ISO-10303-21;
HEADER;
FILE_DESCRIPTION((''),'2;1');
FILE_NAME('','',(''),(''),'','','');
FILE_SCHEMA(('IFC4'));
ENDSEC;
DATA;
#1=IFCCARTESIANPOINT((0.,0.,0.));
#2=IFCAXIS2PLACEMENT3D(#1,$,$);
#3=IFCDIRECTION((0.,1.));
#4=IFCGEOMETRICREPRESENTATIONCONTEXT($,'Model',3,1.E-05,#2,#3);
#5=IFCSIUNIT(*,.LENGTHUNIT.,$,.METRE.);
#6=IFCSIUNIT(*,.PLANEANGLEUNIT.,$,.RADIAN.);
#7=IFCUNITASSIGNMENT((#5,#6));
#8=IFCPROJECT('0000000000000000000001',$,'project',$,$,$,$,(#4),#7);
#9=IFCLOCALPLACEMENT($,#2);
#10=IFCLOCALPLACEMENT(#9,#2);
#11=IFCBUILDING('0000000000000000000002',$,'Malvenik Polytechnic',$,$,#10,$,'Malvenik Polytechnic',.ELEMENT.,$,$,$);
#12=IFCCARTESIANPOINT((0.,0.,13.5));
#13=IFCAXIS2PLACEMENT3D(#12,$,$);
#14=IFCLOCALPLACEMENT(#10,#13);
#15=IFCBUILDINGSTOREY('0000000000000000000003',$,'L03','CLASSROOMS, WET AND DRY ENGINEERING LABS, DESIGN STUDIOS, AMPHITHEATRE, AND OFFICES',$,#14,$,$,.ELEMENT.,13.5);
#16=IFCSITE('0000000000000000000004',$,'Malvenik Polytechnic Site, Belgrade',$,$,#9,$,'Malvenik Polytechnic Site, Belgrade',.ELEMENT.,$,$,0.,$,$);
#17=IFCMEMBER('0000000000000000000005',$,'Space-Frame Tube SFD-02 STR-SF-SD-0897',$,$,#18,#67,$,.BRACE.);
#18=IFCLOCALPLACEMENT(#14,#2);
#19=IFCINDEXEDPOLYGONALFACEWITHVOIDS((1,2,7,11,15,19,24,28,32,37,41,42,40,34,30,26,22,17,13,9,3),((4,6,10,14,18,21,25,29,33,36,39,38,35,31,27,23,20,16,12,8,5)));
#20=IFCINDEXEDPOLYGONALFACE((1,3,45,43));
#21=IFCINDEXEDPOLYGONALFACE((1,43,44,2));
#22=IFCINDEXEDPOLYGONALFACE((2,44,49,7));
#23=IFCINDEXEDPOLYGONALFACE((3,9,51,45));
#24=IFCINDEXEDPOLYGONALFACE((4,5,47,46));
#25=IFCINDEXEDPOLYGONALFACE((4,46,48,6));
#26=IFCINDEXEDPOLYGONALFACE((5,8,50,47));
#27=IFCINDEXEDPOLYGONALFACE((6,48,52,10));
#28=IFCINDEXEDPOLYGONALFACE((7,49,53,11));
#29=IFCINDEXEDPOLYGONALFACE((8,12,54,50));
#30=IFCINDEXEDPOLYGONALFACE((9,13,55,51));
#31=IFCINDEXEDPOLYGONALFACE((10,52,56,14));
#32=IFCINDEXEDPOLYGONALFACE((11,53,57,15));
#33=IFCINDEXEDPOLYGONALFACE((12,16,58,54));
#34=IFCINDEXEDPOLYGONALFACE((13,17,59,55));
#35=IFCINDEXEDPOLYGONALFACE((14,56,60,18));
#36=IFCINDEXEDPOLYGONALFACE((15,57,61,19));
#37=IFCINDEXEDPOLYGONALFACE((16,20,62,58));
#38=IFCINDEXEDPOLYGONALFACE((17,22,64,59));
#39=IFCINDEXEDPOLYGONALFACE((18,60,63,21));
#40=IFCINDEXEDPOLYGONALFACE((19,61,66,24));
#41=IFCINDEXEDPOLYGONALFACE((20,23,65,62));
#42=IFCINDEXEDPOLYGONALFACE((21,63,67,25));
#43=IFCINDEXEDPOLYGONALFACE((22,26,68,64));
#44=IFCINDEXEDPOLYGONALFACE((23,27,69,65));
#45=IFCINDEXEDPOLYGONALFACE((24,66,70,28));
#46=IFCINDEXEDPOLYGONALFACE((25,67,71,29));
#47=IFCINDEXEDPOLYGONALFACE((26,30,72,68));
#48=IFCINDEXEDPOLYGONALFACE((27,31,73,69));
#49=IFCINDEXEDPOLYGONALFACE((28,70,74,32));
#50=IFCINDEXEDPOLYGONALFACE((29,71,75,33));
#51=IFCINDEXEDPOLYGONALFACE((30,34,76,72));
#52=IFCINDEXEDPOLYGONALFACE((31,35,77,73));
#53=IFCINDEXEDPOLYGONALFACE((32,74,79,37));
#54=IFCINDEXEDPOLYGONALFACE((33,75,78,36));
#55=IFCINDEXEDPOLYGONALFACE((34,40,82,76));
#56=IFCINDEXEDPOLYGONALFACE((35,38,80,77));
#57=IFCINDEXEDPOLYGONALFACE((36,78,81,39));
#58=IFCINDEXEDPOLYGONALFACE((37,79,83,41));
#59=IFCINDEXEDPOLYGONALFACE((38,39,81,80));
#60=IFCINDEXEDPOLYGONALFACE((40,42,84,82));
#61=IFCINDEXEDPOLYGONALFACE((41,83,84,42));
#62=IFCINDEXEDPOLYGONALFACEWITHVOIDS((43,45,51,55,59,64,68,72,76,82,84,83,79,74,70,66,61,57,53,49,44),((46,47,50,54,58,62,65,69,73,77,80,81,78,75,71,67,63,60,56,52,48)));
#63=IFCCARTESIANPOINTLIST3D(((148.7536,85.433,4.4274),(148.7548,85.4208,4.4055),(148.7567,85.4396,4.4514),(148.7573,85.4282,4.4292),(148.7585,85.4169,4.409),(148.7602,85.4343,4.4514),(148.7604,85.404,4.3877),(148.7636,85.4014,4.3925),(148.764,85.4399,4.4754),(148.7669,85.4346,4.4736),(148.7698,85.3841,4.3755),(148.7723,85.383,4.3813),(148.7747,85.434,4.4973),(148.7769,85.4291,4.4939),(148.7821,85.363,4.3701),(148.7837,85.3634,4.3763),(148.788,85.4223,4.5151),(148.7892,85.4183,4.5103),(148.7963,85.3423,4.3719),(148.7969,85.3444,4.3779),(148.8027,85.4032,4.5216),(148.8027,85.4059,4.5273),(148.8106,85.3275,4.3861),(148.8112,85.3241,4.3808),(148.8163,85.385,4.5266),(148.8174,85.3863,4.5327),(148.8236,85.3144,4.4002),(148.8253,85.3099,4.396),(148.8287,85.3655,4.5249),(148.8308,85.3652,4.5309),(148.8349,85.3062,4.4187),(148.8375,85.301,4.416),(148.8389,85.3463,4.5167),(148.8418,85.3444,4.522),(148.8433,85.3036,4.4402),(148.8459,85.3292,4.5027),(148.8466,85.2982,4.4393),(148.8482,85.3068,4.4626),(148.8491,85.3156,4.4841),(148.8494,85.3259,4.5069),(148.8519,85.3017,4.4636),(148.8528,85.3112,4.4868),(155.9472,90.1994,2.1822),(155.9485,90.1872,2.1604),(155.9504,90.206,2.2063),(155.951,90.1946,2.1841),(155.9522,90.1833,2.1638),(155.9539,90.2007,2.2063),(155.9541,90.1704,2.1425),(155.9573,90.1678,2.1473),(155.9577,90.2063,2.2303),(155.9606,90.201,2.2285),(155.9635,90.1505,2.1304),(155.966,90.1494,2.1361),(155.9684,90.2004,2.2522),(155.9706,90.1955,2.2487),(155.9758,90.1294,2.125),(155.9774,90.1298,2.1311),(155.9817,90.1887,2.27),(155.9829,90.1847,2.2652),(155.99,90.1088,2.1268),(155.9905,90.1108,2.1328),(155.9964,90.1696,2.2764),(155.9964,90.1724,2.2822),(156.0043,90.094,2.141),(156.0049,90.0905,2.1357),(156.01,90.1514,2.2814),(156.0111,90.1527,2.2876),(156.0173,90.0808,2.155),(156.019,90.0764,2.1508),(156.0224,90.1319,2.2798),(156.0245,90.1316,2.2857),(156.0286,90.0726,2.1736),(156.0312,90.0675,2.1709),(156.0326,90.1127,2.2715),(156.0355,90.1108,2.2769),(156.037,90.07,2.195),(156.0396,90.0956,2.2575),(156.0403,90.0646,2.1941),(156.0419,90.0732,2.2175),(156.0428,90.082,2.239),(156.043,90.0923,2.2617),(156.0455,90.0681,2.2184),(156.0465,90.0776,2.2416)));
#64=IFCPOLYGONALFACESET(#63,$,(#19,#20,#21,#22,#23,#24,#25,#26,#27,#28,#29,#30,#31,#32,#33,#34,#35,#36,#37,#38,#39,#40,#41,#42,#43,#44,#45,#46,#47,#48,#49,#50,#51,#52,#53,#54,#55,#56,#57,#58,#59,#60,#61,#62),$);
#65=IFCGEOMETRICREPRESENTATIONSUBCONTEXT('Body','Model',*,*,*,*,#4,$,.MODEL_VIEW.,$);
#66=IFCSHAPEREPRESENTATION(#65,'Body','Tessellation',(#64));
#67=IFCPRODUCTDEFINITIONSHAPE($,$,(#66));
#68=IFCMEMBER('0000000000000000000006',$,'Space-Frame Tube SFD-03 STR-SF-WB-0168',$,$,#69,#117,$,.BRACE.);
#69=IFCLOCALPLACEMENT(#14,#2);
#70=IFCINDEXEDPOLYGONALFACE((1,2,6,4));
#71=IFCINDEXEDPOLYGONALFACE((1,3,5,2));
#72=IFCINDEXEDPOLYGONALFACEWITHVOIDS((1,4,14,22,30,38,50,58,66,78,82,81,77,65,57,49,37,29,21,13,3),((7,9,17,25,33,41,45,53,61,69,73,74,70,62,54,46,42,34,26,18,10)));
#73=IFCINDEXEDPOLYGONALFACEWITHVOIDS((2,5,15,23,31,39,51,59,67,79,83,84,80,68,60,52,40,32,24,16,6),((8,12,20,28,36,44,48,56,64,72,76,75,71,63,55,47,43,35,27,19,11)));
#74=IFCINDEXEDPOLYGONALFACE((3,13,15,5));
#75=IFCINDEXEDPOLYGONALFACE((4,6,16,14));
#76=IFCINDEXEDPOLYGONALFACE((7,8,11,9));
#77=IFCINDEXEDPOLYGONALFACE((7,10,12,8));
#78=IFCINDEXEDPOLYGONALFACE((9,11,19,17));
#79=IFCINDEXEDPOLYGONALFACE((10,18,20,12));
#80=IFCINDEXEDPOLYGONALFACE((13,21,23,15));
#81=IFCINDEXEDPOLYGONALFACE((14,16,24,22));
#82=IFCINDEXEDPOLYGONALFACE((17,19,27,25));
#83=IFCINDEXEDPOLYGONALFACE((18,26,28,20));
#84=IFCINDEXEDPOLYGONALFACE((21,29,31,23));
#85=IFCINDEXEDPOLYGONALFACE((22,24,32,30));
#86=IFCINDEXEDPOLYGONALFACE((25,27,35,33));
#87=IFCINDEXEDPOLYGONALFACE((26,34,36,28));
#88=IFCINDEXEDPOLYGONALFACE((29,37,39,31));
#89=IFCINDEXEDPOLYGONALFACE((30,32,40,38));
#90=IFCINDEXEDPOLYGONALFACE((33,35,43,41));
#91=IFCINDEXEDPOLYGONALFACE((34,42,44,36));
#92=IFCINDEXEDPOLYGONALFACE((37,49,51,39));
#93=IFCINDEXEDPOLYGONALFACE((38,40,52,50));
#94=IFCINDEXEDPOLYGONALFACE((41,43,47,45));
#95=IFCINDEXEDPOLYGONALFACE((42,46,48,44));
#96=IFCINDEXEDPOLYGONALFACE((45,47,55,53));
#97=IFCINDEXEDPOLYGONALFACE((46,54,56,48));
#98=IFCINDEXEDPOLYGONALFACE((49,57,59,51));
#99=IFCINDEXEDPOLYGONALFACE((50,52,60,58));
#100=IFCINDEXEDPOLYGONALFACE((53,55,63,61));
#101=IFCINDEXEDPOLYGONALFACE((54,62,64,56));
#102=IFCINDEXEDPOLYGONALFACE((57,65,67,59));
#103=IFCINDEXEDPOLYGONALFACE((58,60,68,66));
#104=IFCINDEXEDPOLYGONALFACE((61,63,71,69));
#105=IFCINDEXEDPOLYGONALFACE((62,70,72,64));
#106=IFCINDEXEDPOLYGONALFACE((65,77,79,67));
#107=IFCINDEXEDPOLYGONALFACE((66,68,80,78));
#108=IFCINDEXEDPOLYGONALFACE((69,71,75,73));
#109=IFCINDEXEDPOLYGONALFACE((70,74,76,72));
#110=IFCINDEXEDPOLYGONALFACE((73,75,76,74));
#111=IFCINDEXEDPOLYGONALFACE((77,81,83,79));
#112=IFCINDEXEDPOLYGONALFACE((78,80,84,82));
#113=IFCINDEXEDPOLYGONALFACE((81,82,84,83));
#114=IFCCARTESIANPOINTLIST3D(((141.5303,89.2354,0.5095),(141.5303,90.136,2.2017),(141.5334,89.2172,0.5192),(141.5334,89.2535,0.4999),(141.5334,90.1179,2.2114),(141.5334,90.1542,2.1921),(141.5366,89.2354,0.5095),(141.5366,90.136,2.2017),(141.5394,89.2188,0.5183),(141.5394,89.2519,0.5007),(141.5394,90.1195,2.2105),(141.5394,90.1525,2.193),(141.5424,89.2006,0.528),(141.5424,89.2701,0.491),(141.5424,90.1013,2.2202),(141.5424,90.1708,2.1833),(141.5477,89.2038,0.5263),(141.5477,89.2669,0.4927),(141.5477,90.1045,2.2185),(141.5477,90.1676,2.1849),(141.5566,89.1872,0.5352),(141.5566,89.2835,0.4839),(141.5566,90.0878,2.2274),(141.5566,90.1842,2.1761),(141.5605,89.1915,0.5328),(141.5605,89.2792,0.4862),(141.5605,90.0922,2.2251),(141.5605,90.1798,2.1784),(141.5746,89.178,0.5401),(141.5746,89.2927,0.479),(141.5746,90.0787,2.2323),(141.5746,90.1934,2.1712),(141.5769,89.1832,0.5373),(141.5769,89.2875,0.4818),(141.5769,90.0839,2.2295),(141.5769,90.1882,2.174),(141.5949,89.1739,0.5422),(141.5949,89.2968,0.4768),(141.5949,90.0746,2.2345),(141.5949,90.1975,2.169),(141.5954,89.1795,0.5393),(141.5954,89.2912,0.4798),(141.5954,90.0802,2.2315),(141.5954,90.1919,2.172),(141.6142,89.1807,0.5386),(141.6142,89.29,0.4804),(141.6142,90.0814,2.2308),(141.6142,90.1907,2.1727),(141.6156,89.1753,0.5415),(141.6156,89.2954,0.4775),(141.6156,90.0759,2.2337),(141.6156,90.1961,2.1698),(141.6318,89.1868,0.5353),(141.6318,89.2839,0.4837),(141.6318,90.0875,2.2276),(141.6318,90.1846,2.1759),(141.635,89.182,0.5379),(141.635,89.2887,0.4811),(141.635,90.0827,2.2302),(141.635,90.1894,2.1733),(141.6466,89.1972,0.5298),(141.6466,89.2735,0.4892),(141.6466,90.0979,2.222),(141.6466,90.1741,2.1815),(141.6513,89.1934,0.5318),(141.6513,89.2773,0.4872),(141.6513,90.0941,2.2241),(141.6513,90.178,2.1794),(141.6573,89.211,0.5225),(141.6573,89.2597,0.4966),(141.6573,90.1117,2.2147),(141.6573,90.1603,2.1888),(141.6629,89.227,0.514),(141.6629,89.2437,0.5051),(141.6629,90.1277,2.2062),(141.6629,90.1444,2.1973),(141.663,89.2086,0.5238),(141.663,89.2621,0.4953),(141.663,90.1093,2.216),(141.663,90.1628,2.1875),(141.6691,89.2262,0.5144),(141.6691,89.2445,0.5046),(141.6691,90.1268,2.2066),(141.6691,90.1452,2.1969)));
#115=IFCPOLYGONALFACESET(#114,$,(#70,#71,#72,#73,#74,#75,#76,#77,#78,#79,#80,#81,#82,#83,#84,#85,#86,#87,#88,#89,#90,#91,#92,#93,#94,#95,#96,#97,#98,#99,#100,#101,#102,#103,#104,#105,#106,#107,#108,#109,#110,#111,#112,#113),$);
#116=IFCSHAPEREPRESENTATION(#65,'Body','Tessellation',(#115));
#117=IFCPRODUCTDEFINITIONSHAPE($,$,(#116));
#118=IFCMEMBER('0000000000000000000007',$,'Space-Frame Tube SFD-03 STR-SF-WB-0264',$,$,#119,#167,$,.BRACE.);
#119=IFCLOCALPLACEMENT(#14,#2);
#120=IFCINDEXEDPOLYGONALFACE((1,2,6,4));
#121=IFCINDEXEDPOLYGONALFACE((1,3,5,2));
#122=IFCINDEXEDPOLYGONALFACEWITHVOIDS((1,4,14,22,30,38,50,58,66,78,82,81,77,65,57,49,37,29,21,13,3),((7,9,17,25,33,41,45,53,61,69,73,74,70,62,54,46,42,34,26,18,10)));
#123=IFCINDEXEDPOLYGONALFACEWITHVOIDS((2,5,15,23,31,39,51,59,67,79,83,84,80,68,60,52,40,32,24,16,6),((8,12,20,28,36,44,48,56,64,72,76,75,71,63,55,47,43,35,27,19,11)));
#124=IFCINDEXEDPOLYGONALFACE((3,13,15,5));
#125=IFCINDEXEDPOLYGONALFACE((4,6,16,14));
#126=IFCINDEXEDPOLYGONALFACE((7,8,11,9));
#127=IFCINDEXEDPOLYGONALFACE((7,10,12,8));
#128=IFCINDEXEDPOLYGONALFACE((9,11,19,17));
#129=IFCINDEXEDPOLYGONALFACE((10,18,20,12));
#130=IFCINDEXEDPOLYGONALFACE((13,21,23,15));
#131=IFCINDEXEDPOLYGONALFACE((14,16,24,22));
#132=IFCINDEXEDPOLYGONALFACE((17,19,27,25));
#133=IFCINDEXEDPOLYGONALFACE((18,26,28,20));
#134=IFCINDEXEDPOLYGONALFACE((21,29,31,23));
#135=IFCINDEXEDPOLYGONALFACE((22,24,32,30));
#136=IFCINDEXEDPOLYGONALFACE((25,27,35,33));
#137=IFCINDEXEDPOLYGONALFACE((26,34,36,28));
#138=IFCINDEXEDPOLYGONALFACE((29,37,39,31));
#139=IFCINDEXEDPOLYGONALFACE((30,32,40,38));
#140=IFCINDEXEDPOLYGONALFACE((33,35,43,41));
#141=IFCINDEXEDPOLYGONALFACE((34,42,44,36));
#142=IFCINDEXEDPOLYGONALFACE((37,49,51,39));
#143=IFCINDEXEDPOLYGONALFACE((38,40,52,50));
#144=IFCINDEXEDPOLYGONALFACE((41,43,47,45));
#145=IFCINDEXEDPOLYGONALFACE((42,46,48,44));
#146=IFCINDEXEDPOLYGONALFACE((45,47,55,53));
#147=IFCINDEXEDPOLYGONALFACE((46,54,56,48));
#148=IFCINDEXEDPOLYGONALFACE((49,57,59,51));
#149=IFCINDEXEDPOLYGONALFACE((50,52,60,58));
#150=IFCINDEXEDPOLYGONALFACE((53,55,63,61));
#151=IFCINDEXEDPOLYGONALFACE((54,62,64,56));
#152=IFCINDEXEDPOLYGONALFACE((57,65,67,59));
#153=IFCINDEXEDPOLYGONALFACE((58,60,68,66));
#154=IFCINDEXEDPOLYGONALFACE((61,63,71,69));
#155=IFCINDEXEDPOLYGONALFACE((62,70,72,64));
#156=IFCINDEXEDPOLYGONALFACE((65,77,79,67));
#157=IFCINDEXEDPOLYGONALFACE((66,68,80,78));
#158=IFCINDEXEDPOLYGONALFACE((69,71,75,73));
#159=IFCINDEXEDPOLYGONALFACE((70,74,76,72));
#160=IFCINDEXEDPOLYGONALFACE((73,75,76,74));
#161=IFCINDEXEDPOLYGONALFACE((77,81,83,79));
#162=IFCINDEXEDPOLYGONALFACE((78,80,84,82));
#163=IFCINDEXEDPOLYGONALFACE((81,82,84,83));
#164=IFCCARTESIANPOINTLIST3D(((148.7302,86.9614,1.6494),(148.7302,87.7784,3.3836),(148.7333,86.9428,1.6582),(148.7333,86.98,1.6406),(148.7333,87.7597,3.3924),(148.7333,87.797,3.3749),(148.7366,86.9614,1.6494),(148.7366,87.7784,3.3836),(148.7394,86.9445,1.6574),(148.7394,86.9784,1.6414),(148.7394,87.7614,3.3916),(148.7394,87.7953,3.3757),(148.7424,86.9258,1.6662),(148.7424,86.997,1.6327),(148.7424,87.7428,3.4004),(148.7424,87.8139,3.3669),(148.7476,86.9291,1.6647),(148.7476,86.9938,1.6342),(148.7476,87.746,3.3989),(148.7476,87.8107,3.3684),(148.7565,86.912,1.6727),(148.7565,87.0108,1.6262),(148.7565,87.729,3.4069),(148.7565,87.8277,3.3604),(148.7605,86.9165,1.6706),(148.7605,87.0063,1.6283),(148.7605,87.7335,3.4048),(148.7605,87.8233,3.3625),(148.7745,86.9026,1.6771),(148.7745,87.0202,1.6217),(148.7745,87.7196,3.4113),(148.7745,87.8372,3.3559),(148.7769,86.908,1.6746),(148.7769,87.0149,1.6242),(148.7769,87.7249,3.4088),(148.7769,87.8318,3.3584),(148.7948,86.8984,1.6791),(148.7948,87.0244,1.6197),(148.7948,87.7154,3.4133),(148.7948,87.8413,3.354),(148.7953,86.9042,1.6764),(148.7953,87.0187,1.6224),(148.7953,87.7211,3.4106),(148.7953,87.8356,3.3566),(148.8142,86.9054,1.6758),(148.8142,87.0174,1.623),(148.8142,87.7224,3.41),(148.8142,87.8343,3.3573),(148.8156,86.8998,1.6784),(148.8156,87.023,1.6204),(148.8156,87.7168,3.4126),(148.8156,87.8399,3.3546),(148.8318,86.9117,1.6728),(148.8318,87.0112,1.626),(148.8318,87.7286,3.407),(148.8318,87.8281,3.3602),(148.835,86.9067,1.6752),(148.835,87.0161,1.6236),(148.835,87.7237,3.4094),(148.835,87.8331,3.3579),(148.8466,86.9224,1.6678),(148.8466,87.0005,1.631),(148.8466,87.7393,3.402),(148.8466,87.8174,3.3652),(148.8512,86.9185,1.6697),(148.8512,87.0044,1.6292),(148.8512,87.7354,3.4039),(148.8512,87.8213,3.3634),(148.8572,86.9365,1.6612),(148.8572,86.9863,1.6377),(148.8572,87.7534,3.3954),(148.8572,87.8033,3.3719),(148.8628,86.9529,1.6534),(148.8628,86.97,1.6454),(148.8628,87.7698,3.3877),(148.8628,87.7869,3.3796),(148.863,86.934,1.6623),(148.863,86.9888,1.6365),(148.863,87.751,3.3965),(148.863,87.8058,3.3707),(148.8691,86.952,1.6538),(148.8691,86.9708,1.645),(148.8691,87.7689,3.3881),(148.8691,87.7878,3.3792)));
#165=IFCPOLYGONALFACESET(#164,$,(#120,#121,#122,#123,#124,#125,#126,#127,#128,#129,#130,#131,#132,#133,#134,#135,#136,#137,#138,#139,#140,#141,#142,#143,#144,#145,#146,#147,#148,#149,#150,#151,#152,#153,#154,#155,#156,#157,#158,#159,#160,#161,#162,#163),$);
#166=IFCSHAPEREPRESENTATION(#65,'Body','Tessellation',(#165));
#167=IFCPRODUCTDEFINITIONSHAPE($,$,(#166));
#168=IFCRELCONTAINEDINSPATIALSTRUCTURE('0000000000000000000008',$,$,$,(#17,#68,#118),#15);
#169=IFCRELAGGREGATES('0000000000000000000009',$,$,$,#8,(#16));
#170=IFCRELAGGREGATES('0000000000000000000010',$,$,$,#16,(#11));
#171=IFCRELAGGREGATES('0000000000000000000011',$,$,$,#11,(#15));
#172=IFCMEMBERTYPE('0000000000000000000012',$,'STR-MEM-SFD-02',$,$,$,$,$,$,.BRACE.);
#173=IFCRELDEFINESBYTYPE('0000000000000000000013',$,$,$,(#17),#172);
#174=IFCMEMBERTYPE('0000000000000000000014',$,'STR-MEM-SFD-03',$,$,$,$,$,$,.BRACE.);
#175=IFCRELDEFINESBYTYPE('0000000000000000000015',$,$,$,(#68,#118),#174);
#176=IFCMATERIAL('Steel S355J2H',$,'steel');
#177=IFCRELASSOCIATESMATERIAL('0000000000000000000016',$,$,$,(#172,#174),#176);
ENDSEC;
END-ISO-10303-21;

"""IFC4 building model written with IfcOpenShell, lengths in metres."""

from ifc_helpers import new_model, si_unit, direction, frame, origin, origin_2d, place, context, subcontext, project, spatial, hollow_circle, extrude, material, material_profile, profile_set, type_object, element, save


model = new_model("IFC4")

# Units and contexts
model_context = context("Model", 3, precision=1e-05, world=origin(), true_north=direction((0.0, 1.0)))
body_context = subcontext(model_context, "Body", "Model", "MODEL_VIEW")
ifc_project = project(units=[si_unit("LENGTHUNIT", "METRE"), si_unit("PLANEANGLEUNIT", "RADIAN")], contexts=[model_context])

# Site, building, storey
site_placement = place(None, origin())
site = spatial("IfcSite", under=ifc_project, at=site_placement, Name="Malvenik Polytechnic Site, Belgrade", LongName="Malvenik Polytechnic Site, Belgrade", CompositionType="ELEMENT", RefElevation=0.0)
building_placement = place(site_placement, origin())
building = spatial("IfcBuilding", under=site, at=building_placement, Name="Malvenik Polytechnic", LongName="Malvenik Polytechnic", CompositionType="ELEMENT")
storey_placement = place(building_placement, frame((0.0, 0.0, 13.5)))
storey = spatial("IfcBuildingStorey", under=building, at=storey_placement, Name="L03", Description="CLASSROOMS, WET AND DRY ENGINEERING LABS, DESIGN STUDIOS, AMPHITHEATRE, AND OFFICES", CompositionType="ELEMENT", Elevation=13.5)

# Members
ifc_material_1 = material(Name="Steel S355J2H", Category="steel")
ifc_material_profile_1 = material_profile(ifc_material_1, hollow_circle(Radius=0.0842, WallThickness=0.0063, at=origin_2d()), Name="CHS 168.3x6.3")
ifc_profile_set_1 = profile_set([ifc_material_profile_1], Name="Steel S355J2H")
member_type_1 = type_object("IfcMemberType", Name="STR-MEM-SFD-02", PredefinedType="BRACE", material=ifc_profile_set_1)
for number, where, z_axis, x_axis, name in (
    (1, (148.8032, 85.3694, 4.4514), (0.806761, 0.534546, -0.251789), (-0.552341, 0.833618, 0.0), "Space-Frame Tube SFD-02 STR-SF-SD-0897"),
):
    element("IfcMember", number, at=place(storey_placement, frame(where, z_axis=z_axis, x_axis=x_axis)), inside=storey, type_object=member_type_1, Name=name, PredefinedType="BRACE", context=body_context, shape_type="SweptSolid", body=[
        extrude(hollow_circle(Radius=0.0842, WallThickness=0.0063, at=origin_2d()), origin(), (0.0, 0.0, 1.0), 8.9167),
    ])
ifc_material_profile_2 = material_profile(ifc_material_1, hollow_circle(Radius=0.0698, WallThickness=0.0063, at=origin_2d()), Name="CHS 139.7x6.3")
ifc_profile_set_2 = profile_set([ifc_material_profile_2], Name="Steel S355J2H")
member_type_2 = type_object("IfcMemberType", Name="STR-MEM-SFD-03", PredefinedType="BRACE", material=ifc_profile_set_2)
for number, where, z_axis, x_axis, name in (
    (2, (141.6001, 89.2354, 0.5095), (0.0, 0.469841, 0.882751), (-1.0, 0.0, 0.0), "Space-Frame Tube SFD-03 STR-SF-WB-0168"),
    (3, (148.8, 86.9614, 1.6494), (0.0, 0.426153, 0.904651), (-1.0, 0.0, 0.0), "Space-Frame Tube SFD-03 STR-SF-WB-0264"),
):
    element("IfcMember", number, at=place(storey_placement, frame(where, z_axis=z_axis, x_axis=x_axis)), inside=storey, type_object=member_type_2, Name=name, PredefinedType="BRACE", context=body_context, shape_type="SweptSolid", body=[
        extrude(hollow_circle(Radius=0.0698, WallThickness=0.0063, at=origin_2d()), origin(), (0.0, 0.0, 1.0), 1.917),
    ])

save(model, "model.ifc")
